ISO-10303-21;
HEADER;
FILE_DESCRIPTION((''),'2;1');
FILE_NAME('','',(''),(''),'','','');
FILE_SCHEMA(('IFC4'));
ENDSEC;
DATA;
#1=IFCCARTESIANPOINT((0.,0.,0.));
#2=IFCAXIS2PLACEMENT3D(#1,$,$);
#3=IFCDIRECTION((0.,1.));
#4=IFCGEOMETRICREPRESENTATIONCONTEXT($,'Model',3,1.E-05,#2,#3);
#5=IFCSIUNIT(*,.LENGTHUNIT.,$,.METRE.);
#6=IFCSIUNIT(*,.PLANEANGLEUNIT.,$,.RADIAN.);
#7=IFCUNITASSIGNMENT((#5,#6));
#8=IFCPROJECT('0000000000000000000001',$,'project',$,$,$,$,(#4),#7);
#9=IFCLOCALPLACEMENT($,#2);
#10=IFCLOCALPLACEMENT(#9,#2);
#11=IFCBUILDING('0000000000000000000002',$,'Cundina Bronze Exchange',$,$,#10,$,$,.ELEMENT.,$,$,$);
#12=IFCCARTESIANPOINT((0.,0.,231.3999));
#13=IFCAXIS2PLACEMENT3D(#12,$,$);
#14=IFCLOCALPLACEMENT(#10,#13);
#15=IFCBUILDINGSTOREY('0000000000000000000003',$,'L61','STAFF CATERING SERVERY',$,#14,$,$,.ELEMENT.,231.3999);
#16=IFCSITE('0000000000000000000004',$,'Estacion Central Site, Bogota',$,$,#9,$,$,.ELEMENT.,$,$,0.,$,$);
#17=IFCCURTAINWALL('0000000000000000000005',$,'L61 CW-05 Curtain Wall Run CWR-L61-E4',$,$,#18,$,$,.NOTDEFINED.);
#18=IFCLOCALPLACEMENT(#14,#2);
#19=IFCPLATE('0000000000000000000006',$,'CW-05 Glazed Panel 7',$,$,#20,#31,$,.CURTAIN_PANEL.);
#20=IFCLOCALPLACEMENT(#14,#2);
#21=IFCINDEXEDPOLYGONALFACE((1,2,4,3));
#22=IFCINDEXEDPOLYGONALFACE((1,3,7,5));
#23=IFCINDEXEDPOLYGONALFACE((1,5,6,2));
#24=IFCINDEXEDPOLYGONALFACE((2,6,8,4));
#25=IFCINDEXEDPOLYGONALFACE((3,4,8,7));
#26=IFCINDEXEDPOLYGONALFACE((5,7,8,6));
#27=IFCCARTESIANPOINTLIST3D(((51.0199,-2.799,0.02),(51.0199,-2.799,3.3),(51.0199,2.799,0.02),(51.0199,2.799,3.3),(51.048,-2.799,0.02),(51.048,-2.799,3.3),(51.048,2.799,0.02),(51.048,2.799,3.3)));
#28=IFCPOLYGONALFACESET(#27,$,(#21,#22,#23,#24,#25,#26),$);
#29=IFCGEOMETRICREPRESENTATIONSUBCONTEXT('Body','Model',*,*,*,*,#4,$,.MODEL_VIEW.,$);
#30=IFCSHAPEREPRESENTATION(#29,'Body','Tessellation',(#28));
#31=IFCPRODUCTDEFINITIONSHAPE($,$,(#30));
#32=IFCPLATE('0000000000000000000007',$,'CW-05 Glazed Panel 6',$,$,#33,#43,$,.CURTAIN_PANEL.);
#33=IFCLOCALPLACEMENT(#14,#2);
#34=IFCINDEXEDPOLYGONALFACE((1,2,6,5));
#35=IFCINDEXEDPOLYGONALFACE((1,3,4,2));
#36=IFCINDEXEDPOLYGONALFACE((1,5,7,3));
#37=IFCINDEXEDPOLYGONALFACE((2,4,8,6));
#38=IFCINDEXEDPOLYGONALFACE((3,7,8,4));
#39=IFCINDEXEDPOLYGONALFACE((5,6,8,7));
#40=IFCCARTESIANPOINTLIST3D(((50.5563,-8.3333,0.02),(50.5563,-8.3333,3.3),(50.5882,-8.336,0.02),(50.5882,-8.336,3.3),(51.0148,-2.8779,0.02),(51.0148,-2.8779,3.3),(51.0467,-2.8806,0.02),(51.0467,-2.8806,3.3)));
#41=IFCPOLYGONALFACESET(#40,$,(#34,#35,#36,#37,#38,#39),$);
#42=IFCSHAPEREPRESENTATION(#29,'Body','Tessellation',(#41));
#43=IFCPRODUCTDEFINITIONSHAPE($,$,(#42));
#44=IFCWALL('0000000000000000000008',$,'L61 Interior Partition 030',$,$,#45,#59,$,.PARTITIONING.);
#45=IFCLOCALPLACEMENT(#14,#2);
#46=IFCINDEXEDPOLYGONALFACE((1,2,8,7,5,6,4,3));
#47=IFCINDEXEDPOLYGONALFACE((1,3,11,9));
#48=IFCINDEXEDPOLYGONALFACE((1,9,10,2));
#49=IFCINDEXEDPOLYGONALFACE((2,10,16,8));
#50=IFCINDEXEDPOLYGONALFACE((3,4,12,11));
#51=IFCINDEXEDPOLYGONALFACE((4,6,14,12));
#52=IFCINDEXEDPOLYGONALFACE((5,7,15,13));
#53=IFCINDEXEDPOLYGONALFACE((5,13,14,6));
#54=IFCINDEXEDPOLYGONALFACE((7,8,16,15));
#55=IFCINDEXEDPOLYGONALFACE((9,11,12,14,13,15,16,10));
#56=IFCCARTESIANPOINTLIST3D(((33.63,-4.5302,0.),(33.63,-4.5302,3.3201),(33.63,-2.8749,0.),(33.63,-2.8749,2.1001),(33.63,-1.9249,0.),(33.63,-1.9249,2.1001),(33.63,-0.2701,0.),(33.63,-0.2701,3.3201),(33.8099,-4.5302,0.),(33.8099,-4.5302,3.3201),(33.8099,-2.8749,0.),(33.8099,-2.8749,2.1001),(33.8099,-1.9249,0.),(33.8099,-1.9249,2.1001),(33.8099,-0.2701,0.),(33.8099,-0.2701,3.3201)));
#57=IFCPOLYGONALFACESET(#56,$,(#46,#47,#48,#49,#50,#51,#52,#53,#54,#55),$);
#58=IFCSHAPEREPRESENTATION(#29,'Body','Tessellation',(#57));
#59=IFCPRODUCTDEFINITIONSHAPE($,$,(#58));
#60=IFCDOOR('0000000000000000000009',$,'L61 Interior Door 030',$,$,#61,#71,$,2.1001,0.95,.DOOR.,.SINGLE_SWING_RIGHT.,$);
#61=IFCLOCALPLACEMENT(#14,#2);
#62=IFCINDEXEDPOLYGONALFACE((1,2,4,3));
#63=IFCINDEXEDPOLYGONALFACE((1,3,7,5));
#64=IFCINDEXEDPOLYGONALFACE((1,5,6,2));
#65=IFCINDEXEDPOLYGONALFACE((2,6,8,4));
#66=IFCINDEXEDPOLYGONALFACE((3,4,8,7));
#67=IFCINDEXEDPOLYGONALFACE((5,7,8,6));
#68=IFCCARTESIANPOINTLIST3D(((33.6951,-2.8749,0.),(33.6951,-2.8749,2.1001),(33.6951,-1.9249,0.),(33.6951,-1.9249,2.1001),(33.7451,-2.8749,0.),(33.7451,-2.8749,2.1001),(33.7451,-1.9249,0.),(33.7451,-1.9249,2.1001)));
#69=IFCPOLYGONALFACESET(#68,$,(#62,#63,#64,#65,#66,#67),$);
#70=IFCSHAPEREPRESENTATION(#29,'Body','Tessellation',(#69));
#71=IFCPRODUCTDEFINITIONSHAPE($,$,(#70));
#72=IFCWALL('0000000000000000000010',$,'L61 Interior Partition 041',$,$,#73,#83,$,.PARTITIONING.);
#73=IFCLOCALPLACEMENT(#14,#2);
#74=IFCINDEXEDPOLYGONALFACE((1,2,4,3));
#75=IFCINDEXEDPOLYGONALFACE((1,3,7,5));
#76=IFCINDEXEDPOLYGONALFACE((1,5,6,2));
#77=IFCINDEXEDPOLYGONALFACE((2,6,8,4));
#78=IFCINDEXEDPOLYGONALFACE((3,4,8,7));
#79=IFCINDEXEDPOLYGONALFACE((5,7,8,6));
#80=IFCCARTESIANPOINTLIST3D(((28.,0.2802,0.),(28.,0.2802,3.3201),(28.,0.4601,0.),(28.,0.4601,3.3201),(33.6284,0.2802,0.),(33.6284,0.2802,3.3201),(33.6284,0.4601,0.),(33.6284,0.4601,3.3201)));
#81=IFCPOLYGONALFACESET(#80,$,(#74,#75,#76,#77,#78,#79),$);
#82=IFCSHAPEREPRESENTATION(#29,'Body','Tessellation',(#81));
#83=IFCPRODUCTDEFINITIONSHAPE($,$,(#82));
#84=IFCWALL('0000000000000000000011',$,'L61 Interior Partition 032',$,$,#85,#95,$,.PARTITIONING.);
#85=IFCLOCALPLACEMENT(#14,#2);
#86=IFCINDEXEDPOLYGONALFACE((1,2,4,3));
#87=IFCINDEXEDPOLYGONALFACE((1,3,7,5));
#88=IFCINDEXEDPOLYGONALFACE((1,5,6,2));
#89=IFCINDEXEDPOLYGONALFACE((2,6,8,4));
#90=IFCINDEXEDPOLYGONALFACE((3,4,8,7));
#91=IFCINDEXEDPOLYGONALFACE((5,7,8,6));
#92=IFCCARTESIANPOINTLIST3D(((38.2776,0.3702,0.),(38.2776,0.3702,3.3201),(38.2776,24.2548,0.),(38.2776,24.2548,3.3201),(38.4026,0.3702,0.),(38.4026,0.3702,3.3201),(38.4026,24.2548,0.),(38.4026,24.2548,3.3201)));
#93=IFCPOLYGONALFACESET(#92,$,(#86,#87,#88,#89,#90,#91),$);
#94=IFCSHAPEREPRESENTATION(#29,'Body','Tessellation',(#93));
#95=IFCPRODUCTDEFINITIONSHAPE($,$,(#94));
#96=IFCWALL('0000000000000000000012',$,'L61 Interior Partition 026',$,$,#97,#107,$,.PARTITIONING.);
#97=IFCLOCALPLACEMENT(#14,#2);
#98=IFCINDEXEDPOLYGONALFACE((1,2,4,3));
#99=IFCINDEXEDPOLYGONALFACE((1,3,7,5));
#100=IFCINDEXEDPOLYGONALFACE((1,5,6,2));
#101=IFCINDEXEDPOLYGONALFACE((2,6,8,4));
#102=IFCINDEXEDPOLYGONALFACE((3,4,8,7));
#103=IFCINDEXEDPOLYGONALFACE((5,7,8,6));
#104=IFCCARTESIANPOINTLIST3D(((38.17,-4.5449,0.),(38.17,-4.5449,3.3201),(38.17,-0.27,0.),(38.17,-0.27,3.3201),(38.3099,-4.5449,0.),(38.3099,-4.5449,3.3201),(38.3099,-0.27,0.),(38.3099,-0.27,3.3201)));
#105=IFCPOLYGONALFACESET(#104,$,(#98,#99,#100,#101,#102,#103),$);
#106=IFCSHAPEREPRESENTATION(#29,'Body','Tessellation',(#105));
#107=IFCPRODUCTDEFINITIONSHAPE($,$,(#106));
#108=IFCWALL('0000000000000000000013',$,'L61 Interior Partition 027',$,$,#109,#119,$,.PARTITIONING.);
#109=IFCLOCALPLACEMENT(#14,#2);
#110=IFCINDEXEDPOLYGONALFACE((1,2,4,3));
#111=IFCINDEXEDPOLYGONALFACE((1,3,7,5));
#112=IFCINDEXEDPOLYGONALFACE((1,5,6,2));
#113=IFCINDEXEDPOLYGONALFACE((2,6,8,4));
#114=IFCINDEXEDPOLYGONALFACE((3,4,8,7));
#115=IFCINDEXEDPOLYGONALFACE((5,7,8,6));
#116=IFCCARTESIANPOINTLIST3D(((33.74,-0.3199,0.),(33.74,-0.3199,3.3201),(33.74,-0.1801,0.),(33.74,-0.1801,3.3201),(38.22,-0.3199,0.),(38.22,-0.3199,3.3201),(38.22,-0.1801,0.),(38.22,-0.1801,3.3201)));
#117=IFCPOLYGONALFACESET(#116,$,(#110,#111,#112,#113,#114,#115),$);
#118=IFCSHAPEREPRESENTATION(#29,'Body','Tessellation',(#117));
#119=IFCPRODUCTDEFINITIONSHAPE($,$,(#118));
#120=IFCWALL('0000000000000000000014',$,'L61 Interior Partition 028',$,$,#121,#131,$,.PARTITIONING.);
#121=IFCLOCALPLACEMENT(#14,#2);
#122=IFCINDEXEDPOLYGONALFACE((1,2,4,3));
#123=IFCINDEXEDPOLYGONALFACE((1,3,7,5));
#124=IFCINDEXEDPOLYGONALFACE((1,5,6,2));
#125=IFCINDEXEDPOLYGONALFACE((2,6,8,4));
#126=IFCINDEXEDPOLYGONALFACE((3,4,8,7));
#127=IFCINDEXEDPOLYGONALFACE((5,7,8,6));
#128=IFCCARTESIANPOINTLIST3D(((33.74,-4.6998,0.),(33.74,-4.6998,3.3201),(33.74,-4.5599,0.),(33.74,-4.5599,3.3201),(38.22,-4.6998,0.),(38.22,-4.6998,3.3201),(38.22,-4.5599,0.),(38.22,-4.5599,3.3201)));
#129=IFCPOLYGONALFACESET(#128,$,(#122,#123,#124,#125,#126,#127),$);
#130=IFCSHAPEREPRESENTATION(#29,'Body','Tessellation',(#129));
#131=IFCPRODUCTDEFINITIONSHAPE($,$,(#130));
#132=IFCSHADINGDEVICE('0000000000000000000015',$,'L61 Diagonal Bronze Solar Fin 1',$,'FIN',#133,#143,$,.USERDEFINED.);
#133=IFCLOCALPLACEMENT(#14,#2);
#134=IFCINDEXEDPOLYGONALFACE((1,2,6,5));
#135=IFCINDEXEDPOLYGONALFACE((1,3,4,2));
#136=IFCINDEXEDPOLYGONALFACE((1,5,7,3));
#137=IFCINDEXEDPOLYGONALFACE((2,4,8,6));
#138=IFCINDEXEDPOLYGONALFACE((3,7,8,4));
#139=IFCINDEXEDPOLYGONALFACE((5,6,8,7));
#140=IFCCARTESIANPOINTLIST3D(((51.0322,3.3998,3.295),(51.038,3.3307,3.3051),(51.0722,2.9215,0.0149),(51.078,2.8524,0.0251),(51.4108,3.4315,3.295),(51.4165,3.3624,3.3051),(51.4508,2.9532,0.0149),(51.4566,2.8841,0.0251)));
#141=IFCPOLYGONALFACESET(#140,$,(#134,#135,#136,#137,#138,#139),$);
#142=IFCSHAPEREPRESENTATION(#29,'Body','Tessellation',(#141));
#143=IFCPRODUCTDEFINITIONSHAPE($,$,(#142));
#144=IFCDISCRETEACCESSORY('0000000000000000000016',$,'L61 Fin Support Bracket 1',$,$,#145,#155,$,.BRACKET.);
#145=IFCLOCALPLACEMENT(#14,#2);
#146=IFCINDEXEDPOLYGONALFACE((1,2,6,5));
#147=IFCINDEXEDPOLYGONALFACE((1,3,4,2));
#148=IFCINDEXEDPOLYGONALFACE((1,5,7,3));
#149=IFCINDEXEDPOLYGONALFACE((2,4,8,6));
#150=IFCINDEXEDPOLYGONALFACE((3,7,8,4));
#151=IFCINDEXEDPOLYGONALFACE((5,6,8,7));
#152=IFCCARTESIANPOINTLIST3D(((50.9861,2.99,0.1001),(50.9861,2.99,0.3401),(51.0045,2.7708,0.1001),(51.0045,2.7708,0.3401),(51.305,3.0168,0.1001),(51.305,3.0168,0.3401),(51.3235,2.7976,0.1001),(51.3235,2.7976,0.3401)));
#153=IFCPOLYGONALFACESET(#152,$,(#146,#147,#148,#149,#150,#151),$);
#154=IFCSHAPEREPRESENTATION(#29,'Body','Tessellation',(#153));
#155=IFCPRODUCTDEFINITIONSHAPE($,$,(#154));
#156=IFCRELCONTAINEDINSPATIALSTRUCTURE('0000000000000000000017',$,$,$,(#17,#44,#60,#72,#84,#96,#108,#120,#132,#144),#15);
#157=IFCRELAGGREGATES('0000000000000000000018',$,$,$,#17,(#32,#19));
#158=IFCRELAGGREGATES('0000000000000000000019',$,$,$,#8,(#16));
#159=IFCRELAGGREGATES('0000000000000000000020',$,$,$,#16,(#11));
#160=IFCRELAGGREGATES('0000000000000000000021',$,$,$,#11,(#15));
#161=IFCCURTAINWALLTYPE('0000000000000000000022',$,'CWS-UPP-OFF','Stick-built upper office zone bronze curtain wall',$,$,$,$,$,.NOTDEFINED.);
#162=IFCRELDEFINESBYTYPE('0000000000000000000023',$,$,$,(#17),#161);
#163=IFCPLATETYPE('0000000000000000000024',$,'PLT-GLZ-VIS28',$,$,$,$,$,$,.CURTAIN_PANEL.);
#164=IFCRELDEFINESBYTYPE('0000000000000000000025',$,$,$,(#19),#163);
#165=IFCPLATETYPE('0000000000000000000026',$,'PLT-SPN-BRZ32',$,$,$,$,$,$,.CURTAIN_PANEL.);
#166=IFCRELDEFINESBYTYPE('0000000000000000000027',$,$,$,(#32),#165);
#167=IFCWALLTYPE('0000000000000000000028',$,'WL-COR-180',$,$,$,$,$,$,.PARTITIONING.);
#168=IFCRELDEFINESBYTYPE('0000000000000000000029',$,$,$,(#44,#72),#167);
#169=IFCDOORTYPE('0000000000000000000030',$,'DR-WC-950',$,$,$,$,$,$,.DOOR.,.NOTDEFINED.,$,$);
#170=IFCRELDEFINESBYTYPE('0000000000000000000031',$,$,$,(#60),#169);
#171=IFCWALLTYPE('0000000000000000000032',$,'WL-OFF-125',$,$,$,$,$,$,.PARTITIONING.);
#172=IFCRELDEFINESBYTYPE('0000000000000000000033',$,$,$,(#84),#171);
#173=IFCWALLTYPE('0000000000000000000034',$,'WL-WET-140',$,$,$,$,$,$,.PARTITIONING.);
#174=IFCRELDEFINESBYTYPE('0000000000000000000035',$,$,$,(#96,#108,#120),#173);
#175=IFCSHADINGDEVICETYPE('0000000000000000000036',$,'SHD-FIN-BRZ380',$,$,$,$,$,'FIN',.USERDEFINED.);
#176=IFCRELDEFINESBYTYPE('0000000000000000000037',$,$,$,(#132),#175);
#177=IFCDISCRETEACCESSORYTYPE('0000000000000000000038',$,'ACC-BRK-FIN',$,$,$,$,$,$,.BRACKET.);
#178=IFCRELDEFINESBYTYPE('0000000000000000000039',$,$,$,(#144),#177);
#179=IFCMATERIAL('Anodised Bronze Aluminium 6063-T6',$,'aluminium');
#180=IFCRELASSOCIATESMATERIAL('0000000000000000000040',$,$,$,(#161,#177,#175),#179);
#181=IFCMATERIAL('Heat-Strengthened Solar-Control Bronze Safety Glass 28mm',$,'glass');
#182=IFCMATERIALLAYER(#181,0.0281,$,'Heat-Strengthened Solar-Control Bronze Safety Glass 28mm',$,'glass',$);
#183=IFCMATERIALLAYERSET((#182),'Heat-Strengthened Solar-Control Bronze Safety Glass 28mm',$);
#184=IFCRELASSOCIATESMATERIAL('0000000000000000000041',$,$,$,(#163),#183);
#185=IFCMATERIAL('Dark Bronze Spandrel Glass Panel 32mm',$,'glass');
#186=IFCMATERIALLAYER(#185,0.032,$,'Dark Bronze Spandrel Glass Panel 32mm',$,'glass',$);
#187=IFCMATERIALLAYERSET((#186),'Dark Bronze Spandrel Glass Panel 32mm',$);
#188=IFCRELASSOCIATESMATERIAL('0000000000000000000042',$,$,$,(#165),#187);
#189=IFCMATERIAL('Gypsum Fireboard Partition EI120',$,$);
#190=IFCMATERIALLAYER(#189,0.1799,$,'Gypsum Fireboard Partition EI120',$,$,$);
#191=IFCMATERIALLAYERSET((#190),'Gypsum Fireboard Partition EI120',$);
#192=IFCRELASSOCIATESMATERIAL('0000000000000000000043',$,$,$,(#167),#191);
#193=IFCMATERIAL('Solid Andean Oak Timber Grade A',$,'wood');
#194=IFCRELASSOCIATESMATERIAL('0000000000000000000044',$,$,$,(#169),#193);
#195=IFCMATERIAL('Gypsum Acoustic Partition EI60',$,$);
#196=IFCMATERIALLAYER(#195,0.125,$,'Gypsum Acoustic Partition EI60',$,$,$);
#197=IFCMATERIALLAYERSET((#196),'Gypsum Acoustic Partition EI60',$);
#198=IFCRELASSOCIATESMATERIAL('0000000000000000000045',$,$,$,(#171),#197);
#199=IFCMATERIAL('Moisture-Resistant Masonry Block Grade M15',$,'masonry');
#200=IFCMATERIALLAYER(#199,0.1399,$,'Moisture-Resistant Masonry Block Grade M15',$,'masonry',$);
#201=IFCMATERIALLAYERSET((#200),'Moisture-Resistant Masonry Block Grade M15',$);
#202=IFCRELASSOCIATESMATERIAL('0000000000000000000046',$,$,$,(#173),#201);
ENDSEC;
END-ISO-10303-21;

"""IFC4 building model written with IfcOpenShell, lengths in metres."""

from ifc_helpers import new_model, si_unit, direction, frame, frame_2d, origin, origin_2d, place, context, subcontext, project, spatial, rectangle, extrude, material, layer, layer_set, material_profile, profile_set, type_object, element, fill, aggregate, save


model = new_model("IFC4")

# Units and contexts
model_context = context("Model", 3, precision=1e-05, world=origin(), true_north=direction((0.0, 1.0)))
body_context = subcontext(model_context, "Body", "Model", "MODEL_VIEW")
ifc_project = project(units=[si_unit("LENGTHUNIT", "METRE"), si_unit("PLANEANGLEUNIT", "RADIAN")], contexts=[model_context])

# Site, building, storey
site_placement = place(None, origin())
site = spatial("IfcSite", under=ifc_project, at=site_placement, Name="Estacion Central Site, Bogota", CompositionType="ELEMENT", RefElevation=0.0)
building_placement = place(site_placement, origin())
building = spatial("IfcBuilding", under=site, at=building_placement, Name="Cundina Bronze Exchange", CompositionType="ELEMENT")
storey_placement = place(building_placement, frame((0.0, 0.0, 231.3999)))
storey = spatial("IfcBuildingStorey", under=building, at=storey_placement, Name="L61", Description="STAFF CATERING SERVERY", CompositionType="ELEMENT", Elevation=231.3999)

# Shared definitions
ifc_material_1 = material(Name="Anodised Bronze Aluminium 6063-T6", Category="aluminium")
curtain_wall_type = type_object("IfcCurtainWallType", Name="CWS-UPP-OFF", Description="Stick-built upper office zone bronze curtain wall", PredefinedType="NOTDEFINED", material=ifc_material_1)

# Curtain wall
curtain_wall_1_placement = place(storey_placement, origin())
curtain_wall_1 = element("IfcCurtainWall", 1, at=curtain_wall_1_placement, inside=storey, type_object=curtain_wall_type, Name="L61 CW-05 Curtain Wall Run CWR-L61-E4", PredefinedType="NOTDEFINED")

# Plates
ifc_material_2 = material(Name="Heat-Strengthened Solar-Control Bronze Safety Glass 28mm", Category="glass")
ifc_layer_1 = layer(ifc_material_2, 0.0281, Name="Heat-Strengthened Solar-Control Bronze Safety Glass 28mm", Category="glass")
ifc_layer_set_1 = layer_set([ifc_layer_1], Name="Heat-Strengthened Solar-Control Bronze Safety Glass 28mm")
plate_type_1 = type_object("IfcPlateType", Name="PLT-GLZ-VIS28", PredefinedType="CURTAIN_PANEL", material=ifc_layer_set_1)
plate_1_placement = place(storey_placement, frame((51.0339, 0.0, 0.02), z_axis=(0.0, 0.0, 1.0), x_axis=(0.0, 1.0, 0.0)))
plate_1 = element("IfcPlate", 2, at=plate_1_placement, type_object=plate_type_1, Name="CW-05 Glazed Panel 7", PredefinedType="CURTAIN_PANEL", context=body_context, shape_type="SweptSolid", body=[
    extrude(rectangle(XDim=5.5979, YDim=0.0281, at=origin_2d()), origin(), (0.0, 0.0, 1.0), 3.28),
])
ifc_material_3 = material(Name="Dark Bronze Spandrel Glass Panel 32mm", Category="glass")
ifc_layer_2 = layer(ifc_material_3, 0.032, Name="Dark Bronze Spandrel Glass Panel 32mm", Category="glass")
ifc_layer_set_2 = layer_set([ifc_layer_2], Name="Dark Bronze Spandrel Glass Panel 32mm")
plate_type_2 = type_object("IfcPlateType", Name="PLT-SPN-BRZ32", PredefinedType="CURTAIN_PANEL", material=ifc_layer_set_2)
plate_2_placement = place(storey_placement, frame((50.8015, -5.6069, 0.02), z_axis=(0.0, 0.0, 1.0), x_axis=(0.083747, 0.996487, 0.0)))
plate_2 = element("IfcPlate", 3, at=plate_2_placement, type_object=plate_type_2, Name="CW-05 Glazed Panel 6", PredefinedType="CURTAIN_PANEL", context=body_context, shape_type="SweptSolid", body=[
    extrude(rectangle(XDim=5.4746, YDim=0.032, at=origin_2d()), origin(), (0.0, 0.0, 1.0), 3.28),
])
aggregate(curtain_wall_1, [plate_2, plate_1])

# Wall, opening, door
ifc_material_4 = material(Name="Gypsum Fireboard Partition EI120")
ifc_layer_3 = layer(ifc_material_4, 0.1799, Name="Gypsum Fireboard Partition EI120")
ifc_layer_set_3 = layer_set([ifc_layer_3], Name="Gypsum Fireboard Partition EI120")
wall_type_1 = type_object("IfcWallType", Name="WL-COR-180", PredefinedType="PARTITIONING", material=ifc_layer_set_3)
wall_1_placement = place(storey_placement, frame((33.72, -4.53, 0.0), z_axis=(0.0, 0.0, 1.0), x_axis=(0.0, 1.0, 0.0)))
wall_1 = element("IfcWall", 4, at=wall_1_placement, inside=storey, type_object=wall_type_1, Name="L61 Interior Partition 030", PredefinedType="PARTITIONING", context=body_context, shape_type="SweptSolid", body=[
    extrude(rectangle(XDim=4.26, YDim=0.1799, at=frame_2d((2.1299, 0.0))), origin(), (0.0, 0.0, 1.0), 3.3201),
])
opening_placement = place(wall_1_placement, frame((1.655, 0.0, 0.0)))
opening = element("IfcOpeningElement", 5, at=opening_placement, cuts=wall_1, PredefinedType="OPENING", context=body_context, shape_type="SweptSolid", body=[
    extrude(rectangle(XDim=0.95, YDim=2.1001, at=frame_2d((0.4751, 1.05))), frame((0.0, 0.0999, 0.0), z_axis=(0.0, -1.0, 0.0), x_axis=(1.0, 0.0, 0.0)), (0.0, 0.0, 1.0), 0.2),
])
ifc_material_5 = material(Name="Solid Andean Oak Timber Grade A", Category="wood")
door_type = type_object("IfcDoorType", Name="DR-WC-950", OperationType="NOTDEFINED", PredefinedType="DOOR", material=ifc_material_5)
door_placement = place(opening_placement, origin())
door = element("IfcDoor", 6, at=door_placement, inside=storey, type_object=door_type, Name="L61 Interior Door 030", OperationType="SINGLE_SWING_RIGHT", OverallHeight=2.1001, OverallWidth=0.95, PredefinedType="DOOR", context=body_context, shape_type="SweptSolid", body=[
    extrude(rectangle(XDim=0.95, YDim=2.1001, at=frame_2d((0.4751, 1.05))), frame((0.0, 0.0249, 0.0), z_axis=(0.0, -1.0, 0.0), x_axis=(1.0, 0.0, 0.0)), (0.0, 0.0, 1.0), 0.05),
])
fill(opening, door)

# Walls
wall_2_placement = place(storey_placement, frame((33.6284, 0.3701, 0.0), z_axis=(0.0, 0.0, 1.0), x_axis=(-1.0, 0.0, 0.0)))
element("IfcWall", 7, at=wall_2_placement, inside=storey, type_object=wall_type_1, Name="L61 Interior Partition 041", PredefinedType="PARTITIONING", context=body_context, shape_type="SweptSolid", body=[
    extrude(rectangle(XDim=5.6284, YDim=0.1799, at=frame_2d((2.8142, 0.0))), origin(), (0.0, 0.0, 1.0), 3.3201),
])
ifc_material_6 = material(Name="Gypsum Acoustic Partition EI60")
ifc_layer_4 = layer(ifc_material_6, 0.125, Name="Gypsum Acoustic Partition EI60")
ifc_layer_set_4 = layer_set([ifc_layer_4], Name="Gypsum Acoustic Partition EI60")
wall_type_2 = type_object("IfcWallType", Name="WL-OFF-125", PredefinedType="PARTITIONING", material=ifc_layer_set_4)
wall_3_placement = place(storey_placement, frame((38.3401, 0.3701, 0.0), z_axis=(0.0, 0.0, 1.0), x_axis=(0.0, 1.0, 0.0)))
element("IfcWall", 8, at=wall_3_placement, inside=storey, type_object=wall_type_2, Name="L61 Interior Partition 032", PredefinedType="PARTITIONING", context=body_context, shape_type="SweptSolid", body=[
    extrude(rectangle(XDim=23.8845, YDim=0.125, at=frame_2d((11.9424, 0.0))), origin(), (0.0, 0.0, 1.0), 3.3201),
])
ifc_material_7 = material(Name="Moisture-Resistant Masonry Block Grade M15", Category="masonry")
ifc_layer_5 = layer(ifc_material_7, 0.1399, Name="Moisture-Resistant Masonry Block Grade M15", Category="masonry")
ifc_layer_set_5 = layer_set([ifc_layer_5], Name="Moisture-Resistant Masonry Block Grade M15")
wall_type_3 = type_object("IfcWallType", Name="WL-WET-140", PredefinedType="PARTITIONING", material=ifc_layer_set_5)
wall_4_placement = place(storey_placement, frame((38.24, -4.5449, 0.0), z_axis=(0.0, 0.0, 1.0), x_axis=(0.0, 1.0, 0.0)))
element("IfcWall", 9, at=wall_4_placement, inside=storey, type_object=wall_type_3, Name="L61 Interior Partition 026", PredefinedType="PARTITIONING", context=body_context, shape_type="SweptSolid", body=[
    extrude(rectangle(XDim=4.2749, YDim=0.1399, at=frame_2d((2.1375, 0.0))), origin(), (0.0, 0.0, 1.0), 3.3201),
])
for number, where, z_axis, x_axis, name in (
    (10, (33.74, -0.25, 0.0), (0.0, 0.0, 1.0), (1.0, 0.0, 0.0), "L61 Interior Partition 027"),
    (11, (33.74, -4.6299, 0.0), (0.0, 0.0, 1.0), (1.0, 0.0, 0.0), "L61 Interior Partition 028"),
):
    element("IfcWall", number, at=place(storey_placement, frame(where, z_axis=z_axis, x_axis=x_axis)), inside=storey, type_object=wall_type_3, Name=name, PredefinedType="PARTITIONING", context=body_context, shape_type="SweptSolid", body=[
        extrude(rectangle(XDim=4.48, YDim=0.1399, at=frame_2d((2.24, 0.0))), origin(), (0.0, 0.0, 1.0), 3.3201),
    ])

# Shading device
ifc_material_profile_1 = material_profile(ifc_material_1, rectangle(XDim=0.0701, YDim=0.3799, at=origin_2d()), Name="FIN70X380", Category="aluminium")
ifc_profile_set_1 = profile_set([ifc_material_profile_1], Name="Anodised Bronze Aluminium 6063-T6")
shading_device_type = type_object("IfcShadingDeviceType", Name="SHD-FIN-BRZ380", ElementType="FIN", PredefinedType="USERDEFINED", material=ifc_profile_set_1)
shading_device_placement = place(storey_placement, frame((51.2644, 2.9028, 0.02), z_axis=(-0.012078, 0.144277, 0.989464), x_axis=(0.082545, -0.986014, 0.144782)))
element("IfcShadingDevice", 12, at=shading_device_placement, inside=storey, type_object=shading_device_type, Name="L61 Diagonal Bronze Solar Fin 1", ObjectType="FIN", PredefinedType="USERDEFINED", context=body_context, shape_type="SweptSolid", body=[
    extrude(rectangle(XDim=0.0701, YDim=0.3799, at=origin_2d()), origin(), (0.0, 0.0, 1.0), 3.3149),
])

# Discrete accessory
discrete_accessory_type = type_object("IfcDiscreteAccessoryType", Name="ACC-BRK-FIN", PredefinedType="BRACKET", material=ifc_material_1)
discrete_accessory_placement = place(storey_placement, frame((51.1548, 2.8938, 0.1001), z_axis=(0.0, 0.0, 1.0), x_axis=(-0.083747, 0.996487, 0.0)))
element("IfcDiscreteAccessory", 13, at=discrete_accessory_placement, inside=storey, type_object=discrete_accessory_type, Name="L61 Fin Support Bracket 1", PredefinedType="BRACKET", context=body_context, shape_type="SweptSolid", body=[
    extrude(rectangle(XDim=0.22, YDim=0.3201, at=origin_2d()), origin(), (0.0, 0.0, 1.0), 0.24),
])

save(model, "model.ifc")
